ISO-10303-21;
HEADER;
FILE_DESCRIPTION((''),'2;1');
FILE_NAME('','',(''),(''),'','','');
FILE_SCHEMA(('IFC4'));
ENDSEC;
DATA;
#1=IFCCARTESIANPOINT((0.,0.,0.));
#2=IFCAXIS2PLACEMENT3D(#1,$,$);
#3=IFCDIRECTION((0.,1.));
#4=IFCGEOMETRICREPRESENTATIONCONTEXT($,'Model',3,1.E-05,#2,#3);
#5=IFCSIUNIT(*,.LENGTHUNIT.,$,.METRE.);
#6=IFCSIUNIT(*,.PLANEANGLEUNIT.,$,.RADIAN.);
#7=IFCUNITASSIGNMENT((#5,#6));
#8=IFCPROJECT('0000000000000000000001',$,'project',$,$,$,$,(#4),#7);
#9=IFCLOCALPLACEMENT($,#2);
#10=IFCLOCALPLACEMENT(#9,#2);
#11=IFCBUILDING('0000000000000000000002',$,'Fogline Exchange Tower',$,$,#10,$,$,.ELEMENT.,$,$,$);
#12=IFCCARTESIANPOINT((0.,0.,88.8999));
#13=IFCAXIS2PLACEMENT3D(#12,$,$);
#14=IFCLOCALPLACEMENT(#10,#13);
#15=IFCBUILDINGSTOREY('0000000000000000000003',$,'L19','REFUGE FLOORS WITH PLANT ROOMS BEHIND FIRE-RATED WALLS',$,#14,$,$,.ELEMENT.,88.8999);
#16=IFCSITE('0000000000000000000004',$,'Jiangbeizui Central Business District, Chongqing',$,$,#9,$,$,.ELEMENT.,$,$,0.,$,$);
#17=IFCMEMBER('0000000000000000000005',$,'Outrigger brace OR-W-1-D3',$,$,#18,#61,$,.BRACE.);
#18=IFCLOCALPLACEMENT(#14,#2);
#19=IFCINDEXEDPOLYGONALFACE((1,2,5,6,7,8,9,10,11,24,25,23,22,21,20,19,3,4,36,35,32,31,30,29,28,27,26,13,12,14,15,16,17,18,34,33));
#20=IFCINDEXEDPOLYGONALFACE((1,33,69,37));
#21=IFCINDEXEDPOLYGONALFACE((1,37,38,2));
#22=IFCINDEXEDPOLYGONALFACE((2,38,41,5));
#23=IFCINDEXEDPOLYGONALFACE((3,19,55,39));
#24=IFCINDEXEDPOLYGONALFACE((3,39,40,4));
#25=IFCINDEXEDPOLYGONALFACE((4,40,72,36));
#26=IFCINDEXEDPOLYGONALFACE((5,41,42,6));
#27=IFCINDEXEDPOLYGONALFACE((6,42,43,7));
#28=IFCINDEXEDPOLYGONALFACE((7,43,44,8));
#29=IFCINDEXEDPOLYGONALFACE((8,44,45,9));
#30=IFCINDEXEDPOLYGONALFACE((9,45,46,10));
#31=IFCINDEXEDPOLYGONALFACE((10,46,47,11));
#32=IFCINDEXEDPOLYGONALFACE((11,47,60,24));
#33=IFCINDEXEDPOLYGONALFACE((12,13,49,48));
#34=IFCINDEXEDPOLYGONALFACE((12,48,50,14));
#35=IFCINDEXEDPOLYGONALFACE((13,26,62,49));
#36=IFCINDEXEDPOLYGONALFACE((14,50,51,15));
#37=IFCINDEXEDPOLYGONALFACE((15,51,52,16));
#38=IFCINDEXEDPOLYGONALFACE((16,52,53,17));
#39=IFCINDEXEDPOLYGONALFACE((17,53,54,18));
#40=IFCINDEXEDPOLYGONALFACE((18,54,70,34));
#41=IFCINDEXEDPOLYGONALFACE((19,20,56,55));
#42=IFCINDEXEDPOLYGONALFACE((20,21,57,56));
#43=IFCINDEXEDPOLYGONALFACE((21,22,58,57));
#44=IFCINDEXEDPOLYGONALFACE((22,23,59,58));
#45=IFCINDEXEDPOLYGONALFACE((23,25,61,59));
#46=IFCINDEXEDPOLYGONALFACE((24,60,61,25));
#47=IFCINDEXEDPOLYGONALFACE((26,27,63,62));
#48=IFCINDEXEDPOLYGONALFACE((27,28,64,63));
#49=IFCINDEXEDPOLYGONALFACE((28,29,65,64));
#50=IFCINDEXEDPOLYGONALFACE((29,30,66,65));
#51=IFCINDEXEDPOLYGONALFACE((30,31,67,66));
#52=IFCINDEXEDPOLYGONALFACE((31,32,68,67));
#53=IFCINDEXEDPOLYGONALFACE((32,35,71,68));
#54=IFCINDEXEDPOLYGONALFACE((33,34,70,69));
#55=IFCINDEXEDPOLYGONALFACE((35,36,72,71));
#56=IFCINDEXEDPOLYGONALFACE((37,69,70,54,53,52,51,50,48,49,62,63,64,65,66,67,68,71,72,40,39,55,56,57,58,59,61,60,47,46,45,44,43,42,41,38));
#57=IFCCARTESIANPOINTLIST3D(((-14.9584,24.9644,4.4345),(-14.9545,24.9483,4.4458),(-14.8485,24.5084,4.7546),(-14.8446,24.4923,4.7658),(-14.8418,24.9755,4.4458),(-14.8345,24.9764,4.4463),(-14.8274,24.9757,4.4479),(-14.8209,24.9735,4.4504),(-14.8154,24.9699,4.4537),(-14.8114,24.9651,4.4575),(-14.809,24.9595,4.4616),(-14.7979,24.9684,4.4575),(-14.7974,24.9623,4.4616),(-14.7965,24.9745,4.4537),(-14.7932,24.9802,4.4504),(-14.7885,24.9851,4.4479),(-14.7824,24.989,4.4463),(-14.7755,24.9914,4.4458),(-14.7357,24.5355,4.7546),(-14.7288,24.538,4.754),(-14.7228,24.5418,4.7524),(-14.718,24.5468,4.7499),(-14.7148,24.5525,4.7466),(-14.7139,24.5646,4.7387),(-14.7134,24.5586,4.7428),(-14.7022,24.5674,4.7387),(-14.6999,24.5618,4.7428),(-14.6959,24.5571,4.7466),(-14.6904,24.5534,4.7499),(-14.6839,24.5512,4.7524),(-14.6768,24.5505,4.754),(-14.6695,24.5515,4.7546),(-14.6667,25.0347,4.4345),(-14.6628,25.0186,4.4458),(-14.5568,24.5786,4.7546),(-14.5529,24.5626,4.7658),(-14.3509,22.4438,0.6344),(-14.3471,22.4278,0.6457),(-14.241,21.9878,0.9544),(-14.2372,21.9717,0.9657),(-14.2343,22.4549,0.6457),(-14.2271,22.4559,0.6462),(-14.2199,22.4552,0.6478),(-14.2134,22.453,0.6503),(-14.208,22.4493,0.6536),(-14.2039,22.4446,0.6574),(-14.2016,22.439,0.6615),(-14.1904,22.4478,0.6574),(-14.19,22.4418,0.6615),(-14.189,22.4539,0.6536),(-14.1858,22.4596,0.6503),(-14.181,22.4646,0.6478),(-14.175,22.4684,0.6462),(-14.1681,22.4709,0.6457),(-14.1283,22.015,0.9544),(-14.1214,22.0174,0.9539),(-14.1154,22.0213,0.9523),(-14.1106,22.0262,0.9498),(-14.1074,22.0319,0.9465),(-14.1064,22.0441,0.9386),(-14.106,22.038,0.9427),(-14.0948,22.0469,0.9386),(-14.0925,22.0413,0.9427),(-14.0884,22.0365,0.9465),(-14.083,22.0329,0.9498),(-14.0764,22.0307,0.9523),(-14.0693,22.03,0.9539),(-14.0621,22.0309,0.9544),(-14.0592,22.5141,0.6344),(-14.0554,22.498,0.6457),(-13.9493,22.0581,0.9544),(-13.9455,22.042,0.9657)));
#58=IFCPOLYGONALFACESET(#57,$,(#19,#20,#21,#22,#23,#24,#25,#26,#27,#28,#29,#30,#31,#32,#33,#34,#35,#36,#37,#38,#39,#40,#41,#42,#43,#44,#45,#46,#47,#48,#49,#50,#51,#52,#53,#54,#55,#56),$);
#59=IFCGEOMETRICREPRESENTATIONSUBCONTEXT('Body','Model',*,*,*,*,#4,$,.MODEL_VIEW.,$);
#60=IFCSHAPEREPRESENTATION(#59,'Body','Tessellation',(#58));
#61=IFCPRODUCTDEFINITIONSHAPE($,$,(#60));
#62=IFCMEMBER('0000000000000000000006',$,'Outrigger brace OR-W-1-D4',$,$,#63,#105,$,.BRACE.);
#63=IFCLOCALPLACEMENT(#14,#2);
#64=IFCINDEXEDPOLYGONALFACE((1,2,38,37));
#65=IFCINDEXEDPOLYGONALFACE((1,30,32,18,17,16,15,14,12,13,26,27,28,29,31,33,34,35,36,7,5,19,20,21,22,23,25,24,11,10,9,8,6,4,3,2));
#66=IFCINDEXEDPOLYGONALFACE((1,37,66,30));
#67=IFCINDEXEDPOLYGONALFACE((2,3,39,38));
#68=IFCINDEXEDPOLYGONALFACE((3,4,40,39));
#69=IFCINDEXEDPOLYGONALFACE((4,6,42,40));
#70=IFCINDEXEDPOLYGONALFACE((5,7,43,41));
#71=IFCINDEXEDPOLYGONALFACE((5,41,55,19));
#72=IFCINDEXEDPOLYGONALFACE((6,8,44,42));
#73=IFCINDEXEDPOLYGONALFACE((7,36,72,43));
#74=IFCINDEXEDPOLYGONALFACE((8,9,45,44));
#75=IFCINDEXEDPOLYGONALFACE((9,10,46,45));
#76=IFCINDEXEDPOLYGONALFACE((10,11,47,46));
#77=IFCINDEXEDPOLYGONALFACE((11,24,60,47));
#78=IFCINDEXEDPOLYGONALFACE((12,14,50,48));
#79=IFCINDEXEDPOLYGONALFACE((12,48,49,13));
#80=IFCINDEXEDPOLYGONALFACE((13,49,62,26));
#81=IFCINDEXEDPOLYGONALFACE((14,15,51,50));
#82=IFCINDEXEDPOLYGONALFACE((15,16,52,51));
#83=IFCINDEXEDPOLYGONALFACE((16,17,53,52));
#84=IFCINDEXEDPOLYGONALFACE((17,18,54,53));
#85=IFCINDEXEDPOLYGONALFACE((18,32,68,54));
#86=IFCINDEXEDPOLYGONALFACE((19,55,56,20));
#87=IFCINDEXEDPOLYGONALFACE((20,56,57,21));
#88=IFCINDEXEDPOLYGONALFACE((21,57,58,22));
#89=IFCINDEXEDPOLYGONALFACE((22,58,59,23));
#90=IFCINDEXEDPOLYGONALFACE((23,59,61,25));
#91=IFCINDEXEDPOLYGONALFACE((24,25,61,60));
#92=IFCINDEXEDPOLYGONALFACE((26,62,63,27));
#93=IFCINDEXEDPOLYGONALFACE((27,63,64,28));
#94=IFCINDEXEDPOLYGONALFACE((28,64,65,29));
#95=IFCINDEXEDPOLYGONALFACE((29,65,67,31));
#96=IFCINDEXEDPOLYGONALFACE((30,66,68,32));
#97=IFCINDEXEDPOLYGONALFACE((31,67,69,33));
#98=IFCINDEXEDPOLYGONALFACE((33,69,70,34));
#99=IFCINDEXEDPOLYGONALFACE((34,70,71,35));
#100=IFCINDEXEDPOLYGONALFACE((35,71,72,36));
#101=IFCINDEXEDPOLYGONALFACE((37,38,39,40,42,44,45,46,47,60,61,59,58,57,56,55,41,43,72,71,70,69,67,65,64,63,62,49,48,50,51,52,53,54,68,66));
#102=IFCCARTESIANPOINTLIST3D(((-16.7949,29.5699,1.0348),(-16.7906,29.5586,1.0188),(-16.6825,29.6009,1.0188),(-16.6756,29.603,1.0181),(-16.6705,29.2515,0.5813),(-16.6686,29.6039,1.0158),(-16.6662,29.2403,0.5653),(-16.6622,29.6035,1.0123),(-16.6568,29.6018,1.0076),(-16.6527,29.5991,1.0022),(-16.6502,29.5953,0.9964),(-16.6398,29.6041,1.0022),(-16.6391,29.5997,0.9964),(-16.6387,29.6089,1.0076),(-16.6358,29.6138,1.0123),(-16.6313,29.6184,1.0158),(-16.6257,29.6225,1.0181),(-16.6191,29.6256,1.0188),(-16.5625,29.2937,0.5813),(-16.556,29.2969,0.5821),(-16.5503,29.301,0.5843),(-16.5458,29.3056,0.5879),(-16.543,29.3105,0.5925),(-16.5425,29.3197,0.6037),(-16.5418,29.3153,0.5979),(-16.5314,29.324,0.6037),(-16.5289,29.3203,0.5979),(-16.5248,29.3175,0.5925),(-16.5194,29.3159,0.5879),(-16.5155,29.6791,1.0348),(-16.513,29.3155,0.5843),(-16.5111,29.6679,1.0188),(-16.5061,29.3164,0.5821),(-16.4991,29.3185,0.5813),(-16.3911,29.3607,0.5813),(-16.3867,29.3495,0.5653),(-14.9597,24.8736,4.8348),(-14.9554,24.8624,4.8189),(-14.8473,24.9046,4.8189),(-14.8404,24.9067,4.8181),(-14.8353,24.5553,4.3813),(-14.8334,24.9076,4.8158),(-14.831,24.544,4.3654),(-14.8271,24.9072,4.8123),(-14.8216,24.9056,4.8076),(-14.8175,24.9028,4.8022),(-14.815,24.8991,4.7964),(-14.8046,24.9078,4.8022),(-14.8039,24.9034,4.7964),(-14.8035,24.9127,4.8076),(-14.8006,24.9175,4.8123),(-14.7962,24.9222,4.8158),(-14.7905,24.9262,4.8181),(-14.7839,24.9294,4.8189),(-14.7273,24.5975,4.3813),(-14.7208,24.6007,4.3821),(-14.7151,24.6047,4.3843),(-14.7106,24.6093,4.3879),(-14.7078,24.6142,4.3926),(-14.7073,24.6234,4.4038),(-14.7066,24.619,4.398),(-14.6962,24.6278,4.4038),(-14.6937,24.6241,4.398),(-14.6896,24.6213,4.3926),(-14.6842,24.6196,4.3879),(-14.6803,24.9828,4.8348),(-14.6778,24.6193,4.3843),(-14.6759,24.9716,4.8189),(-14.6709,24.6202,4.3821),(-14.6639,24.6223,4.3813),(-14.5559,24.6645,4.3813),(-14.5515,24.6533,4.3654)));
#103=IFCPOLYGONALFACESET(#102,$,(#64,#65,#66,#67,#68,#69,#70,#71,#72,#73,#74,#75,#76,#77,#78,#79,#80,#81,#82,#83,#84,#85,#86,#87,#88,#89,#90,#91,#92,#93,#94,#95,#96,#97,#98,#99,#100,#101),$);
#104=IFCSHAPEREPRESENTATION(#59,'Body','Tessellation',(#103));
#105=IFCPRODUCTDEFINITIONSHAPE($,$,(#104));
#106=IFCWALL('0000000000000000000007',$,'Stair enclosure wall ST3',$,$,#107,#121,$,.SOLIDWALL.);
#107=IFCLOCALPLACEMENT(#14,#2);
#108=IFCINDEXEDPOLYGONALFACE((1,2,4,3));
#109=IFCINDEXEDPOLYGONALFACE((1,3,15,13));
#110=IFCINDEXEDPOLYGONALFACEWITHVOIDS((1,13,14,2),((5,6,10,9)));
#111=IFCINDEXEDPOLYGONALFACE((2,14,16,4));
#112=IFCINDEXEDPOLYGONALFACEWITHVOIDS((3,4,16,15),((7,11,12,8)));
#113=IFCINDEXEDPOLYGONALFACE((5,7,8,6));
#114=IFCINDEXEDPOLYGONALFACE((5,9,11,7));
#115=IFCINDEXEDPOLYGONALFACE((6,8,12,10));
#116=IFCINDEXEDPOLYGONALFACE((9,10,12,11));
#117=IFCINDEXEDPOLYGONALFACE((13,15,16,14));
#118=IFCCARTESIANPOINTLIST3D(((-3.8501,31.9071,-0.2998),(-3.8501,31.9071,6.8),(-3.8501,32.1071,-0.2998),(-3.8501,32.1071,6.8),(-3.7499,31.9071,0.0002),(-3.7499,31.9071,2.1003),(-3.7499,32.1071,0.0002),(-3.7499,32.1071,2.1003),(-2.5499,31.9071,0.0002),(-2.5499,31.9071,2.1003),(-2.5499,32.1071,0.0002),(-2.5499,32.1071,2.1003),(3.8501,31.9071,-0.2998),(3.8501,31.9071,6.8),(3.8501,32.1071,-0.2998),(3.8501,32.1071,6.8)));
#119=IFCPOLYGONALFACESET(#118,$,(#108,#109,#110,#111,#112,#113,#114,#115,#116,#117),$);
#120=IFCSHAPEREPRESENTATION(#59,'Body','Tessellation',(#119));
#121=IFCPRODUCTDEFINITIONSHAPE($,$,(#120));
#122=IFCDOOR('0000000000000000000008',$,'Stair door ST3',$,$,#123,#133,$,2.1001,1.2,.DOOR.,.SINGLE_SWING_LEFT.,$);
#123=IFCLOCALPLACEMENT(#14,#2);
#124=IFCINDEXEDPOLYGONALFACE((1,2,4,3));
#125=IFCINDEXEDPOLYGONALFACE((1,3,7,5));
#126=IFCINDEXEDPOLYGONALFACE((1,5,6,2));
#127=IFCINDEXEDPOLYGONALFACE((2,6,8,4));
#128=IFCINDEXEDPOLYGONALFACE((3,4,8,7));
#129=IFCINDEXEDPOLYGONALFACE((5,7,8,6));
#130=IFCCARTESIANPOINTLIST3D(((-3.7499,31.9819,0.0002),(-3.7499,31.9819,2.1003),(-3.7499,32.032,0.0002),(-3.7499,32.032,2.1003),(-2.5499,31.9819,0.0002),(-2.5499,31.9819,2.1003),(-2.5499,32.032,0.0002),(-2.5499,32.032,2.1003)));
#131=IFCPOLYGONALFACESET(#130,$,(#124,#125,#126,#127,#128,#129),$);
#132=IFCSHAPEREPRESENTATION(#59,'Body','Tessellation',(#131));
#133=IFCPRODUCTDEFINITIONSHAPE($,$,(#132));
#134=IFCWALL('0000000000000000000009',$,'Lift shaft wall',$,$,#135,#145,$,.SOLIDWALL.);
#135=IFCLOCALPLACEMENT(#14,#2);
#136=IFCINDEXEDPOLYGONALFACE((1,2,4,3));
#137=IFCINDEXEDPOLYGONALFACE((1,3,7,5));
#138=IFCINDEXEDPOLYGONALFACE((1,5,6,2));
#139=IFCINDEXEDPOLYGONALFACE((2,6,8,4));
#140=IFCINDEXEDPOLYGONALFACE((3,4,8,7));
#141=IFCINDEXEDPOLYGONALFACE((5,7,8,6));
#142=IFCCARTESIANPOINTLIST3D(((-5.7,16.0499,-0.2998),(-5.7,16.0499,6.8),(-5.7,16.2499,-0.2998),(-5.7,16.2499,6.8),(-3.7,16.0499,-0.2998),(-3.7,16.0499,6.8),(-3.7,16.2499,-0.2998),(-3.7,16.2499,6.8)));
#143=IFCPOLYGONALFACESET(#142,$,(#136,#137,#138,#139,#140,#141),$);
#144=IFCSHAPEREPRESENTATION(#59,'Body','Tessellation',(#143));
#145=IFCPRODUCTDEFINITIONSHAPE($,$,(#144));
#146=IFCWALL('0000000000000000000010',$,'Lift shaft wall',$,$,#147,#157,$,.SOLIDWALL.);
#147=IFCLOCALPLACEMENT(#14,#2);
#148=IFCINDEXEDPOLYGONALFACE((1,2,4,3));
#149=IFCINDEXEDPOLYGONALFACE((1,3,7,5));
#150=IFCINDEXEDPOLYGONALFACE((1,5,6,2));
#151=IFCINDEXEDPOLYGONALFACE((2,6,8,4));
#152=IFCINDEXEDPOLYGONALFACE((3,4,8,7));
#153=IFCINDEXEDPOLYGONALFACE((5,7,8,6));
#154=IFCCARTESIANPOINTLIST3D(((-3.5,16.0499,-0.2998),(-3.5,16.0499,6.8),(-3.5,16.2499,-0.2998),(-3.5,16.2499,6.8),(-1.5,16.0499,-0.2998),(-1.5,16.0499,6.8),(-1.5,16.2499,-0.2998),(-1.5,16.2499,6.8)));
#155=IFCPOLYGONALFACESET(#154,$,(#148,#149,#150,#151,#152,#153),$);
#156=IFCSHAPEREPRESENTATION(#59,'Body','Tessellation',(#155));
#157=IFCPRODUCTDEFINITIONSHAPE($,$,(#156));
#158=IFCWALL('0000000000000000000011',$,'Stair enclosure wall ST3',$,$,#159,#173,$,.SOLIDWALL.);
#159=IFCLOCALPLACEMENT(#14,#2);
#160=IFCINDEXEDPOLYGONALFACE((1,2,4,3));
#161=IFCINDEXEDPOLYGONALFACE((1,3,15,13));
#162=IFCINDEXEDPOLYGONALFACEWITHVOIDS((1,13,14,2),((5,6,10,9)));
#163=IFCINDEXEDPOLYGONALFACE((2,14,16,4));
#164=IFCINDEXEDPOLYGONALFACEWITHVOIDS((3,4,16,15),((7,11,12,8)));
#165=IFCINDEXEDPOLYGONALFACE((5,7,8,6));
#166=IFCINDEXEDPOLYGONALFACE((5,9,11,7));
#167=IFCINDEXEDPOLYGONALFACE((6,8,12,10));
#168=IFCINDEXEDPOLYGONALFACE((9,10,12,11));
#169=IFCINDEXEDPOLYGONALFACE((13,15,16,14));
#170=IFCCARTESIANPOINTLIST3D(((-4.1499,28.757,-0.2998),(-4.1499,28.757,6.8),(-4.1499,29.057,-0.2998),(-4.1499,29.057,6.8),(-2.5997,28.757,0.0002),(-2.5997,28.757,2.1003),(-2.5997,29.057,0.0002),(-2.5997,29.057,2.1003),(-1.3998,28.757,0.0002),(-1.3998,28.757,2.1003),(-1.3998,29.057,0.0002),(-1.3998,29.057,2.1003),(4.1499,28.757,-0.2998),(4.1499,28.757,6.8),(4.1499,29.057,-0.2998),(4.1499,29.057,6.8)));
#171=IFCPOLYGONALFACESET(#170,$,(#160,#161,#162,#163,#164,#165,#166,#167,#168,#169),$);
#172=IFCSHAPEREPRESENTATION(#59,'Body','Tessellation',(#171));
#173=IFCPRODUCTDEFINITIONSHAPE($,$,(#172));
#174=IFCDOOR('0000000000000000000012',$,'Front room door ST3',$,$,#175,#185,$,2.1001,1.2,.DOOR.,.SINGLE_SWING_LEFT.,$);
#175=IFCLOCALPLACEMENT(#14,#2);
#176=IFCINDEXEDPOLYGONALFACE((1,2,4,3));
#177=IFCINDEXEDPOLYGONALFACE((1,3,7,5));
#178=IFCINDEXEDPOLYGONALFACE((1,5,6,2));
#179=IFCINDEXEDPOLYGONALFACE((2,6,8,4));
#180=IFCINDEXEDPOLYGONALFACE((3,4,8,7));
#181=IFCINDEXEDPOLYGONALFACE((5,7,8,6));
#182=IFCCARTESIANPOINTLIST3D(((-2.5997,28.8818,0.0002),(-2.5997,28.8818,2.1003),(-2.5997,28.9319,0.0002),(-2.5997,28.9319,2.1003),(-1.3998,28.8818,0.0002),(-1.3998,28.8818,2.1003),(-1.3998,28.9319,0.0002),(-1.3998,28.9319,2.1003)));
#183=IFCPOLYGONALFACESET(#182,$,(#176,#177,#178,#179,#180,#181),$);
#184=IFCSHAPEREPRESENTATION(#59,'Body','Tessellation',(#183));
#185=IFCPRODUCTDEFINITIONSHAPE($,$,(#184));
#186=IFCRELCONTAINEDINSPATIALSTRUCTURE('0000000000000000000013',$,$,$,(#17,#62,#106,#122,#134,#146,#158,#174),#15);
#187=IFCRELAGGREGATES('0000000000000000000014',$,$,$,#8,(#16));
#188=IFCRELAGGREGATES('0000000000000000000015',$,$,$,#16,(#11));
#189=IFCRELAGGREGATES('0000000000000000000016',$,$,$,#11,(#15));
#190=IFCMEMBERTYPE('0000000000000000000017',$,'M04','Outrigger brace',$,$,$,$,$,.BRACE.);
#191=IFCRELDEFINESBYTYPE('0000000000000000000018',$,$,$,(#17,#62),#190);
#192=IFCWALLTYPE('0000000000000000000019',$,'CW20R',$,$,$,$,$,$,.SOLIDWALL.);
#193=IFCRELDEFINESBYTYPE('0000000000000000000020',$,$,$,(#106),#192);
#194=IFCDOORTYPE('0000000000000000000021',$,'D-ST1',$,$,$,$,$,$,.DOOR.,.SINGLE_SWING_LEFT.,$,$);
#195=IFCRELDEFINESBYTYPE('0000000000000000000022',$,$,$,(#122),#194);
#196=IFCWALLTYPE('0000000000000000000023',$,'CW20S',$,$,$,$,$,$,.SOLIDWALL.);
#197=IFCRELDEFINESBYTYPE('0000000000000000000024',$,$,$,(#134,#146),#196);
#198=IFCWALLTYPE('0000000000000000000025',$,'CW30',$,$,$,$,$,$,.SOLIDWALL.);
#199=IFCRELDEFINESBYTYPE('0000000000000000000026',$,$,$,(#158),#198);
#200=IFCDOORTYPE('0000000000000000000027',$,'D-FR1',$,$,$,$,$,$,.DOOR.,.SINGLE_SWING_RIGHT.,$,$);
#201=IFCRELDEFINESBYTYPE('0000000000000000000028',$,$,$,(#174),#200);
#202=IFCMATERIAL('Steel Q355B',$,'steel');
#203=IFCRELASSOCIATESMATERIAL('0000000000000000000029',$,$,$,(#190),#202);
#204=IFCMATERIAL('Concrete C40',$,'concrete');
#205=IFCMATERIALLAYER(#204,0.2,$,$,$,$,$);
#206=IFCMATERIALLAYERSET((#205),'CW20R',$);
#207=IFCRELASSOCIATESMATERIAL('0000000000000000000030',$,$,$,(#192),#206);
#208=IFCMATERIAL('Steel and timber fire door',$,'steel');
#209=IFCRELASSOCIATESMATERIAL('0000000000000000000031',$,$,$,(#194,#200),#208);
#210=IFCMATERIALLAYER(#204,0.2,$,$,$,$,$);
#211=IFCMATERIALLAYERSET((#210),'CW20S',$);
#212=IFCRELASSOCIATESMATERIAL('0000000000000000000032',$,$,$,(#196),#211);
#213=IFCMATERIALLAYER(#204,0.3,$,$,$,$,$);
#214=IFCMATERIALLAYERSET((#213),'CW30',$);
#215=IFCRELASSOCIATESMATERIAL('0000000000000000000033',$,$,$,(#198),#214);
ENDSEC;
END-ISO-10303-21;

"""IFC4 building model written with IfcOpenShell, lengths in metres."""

from ifc_helpers import new_model, si_unit, direction, frame, frame_2d, origin, origin_2d, place, context, subcontext, project, spatial, rectangle, i_section, extrude, material, layer, layer_set, material_profile, profile_set, type_object, element, fill, save


model = new_model("IFC4")

# Units and contexts
model_context = context("Model", 3, precision=1e-05, world=origin(), true_north=direction((0.0, 1.0)))
body_context = subcontext(model_context, "Body", "Model", "MODEL_VIEW")
ifc_project = project(units=[si_unit("LENGTHUNIT", "METRE"), si_unit("PLANEANGLEUNIT", "RADIAN")], contexts=[model_context])

# Site, building, storey
site_placement = place(None, origin())
site = spatial("IfcSite", under=ifc_project, at=site_placement, Name="Jiangbeizui Central Business District, Chongqing", CompositionType="ELEMENT", RefElevation=0.0)
building_placement = place(site_placement, origin())
building = spatial("IfcBuilding", under=site, at=building_placement, Name="Fogline Exchange Tower", CompositionType="ELEMENT")
storey_placement = place(building_placement, frame((0.0, 0.0, 88.8999)))
storey = spatial("IfcBuildingStorey", under=building, at=storey_placement, Name="L19", Description="REFUGE FLOORS WITH PLANT ROOMS BEHIND FIRE-RATED WALLS", CompositionType="ELEMENT", Elevation=88.8999)

# Shared definitions
ifc_material_1 = material(Name="Concrete C40", Category="concrete")

# Members
ifc_material_2 = material(Name="Steel Q355B", Category="steel")
ifc_material_profile_1 = material_profile(ifc_material_2, i_section(OverallWidth=0.3, OverallDepth=0.5879, WebThickness=0.012, FlangeThickness=0.02, FilletRadius=0.0281, at=origin_2d()), Name="HM588X300X12X20")
ifc_profile_set_1 = profile_set([ifc_material_profile_1], Name="Steel Q355B")
member_type_1 = type_object("IfcMemberType", Name="M04", Description="Outrigger brace", PredefinedType="BRACE", material=ifc_profile_set_1)
member_1_placement = place(storey_placement, frame((-14.1482, 22.2429, 0.8), z_axis=(-0.132041, 0.547907, 0.826053), x_axis=(-0.972168, -0.234285, 0.0)))
element("IfcMember", 1, at=member_1_placement, inside=storey, type_object=member_type_1, Name="Outrigger brace OR-W-1-D3", PredefinedType="BRACE", context=body_context, shape_type="SweptSolid", body=[
    extrude(i_section(OverallWidth=0.3, OverallDepth=0.5879, WebThickness=0.012, FlangeThickness=0.02, FilletRadius=0.0281, at=origin_2d()), origin(), (0.0, 0.0, 1.0), 4.6003),
])
member_2_placement = place(storey_placement, frame((-14.7556, 24.7634, 4.6001), z_axis=(-0.290668, 0.743819, -0.601868), x_axis=(-0.931409, -0.363974, 0.0)))
element("IfcMember", 2, at=member_2_placement, inside=storey, type_object=member_type_1, Name="Outrigger brace OR-W-1-D4", PredefinedType="BRACE", context=body_context, shape_type="SweptSolid", body=[
    extrude(i_section(OverallWidth=0.3, OverallDepth=0.5879, WebThickness=0.012, FlangeThickness=0.02, FilletRadius=0.0281, at=origin_2d()), origin(), (0.0, 0.0, 1.0), 6.3137),
])

# Wall, opening, door
ifc_layer_1 = layer(ifc_material_1, 0.2)
ifc_layer_set_1 = layer_set([ifc_layer_1], Name="CW20R")
wall_type_1 = type_object("IfcWallType", Name="CW20R", PredefinedType="SOLIDWALL", material=ifc_layer_set_1)
wall_1_placement = place(storey_placement, frame((-3.8501, 32.0071, -0.2998), z_axis=(0.0, 0.0, 1.0), x_axis=(1.0, 0.0, 0.0)))
wall_1 = element("IfcWall", 3, at=wall_1_placement, inside=storey, type_object=wall_type_1, Name="Stair enclosure wall ST3", PredefinedType="SOLIDWALL", context=body_context, shape_type="SweptSolid", body=[
    extrude(rectangle(XDim=7.7002, YDim=0.2, at=frame_2d((3.8501, 0.0))), origin(), (0.0, 0.0, 1.0), 7.0999),
])
opening_1_placement = place(wall_1_placement, frame((0.1001, 0.0, 0.3)))
opening_1 = element("IfcOpeningElement", 4, at=opening_1_placement, cuts=wall_1, PredefinedType="OPENING", context=body_context, shape_type="SweptSolid", body=[
    extrude(rectangle(XDim=1.2, YDim=2.1001, at=frame_2d((0.6001, 1.05))), frame((0.0, 0.1099, 0.0), z_axis=(0.0, -1.0, 0.0), x_axis=(1.0, 0.0, 0.0)), (0.0, 0.0, 1.0), 0.22),
])
ifc_material_3 = material(Name="Steel and timber fire door", Category="steel")
door_type_1 = type_object("IfcDoorType", Name="D-ST1", OperationType="SINGLE_SWING_LEFT", PredefinedType="DOOR", material=ifc_material_3)
door_1_placement = place(opening_1_placement, origin())
door_1 = element("IfcDoor", 5, at=door_1_placement, inside=storey, type_object=door_type_1, Name="Stair door ST3", OperationType="SINGLE_SWING_LEFT", OverallHeight=2.1001, OverallWidth=1.2, PredefinedType="DOOR", context=body_context, shape_type="SweptSolid", body=[
    extrude(rectangle(XDim=1.2, YDim=2.1001, at=frame_2d((0.6001, 1.05))), frame((0.0, 0.0249, 0.0), z_axis=(0.0, -1.0, 0.0), x_axis=(1.0, 0.0, 0.0)), (0.0, 0.0, 1.0), 0.05),
])
fill(opening_1, door_1)

# Walls
ifc_layer_2 = layer(ifc_material_1, 0.2)
ifc_layer_set_2 = layer_set([ifc_layer_2], Name="CW20S")
wall_type_2 = type_object("IfcWallType", Name="CW20S", PredefinedType="SOLIDWALL", material=ifc_layer_set_2)
for number, where, z_axis, x_axis, name in (
    (6, (-5.7, 16.1499, -0.2998), (0.0, 0.0, 1.0), (1.0, 0.0, 0.0), "Lift shaft wall"),
    (7, (-3.5, 16.1499, -0.2998), (0.0, 0.0, 1.0), (1.0, 0.0, 0.0), "Lift shaft wall"),
):
    element("IfcWall", number, at=place(storey_placement, frame(where, z_axis=z_axis, x_axis=x_axis)), inside=storey, type_object=wall_type_2, Name=name, PredefinedType="SOLIDWALL", context=body_context, shape_type="SweptSolid", body=[
        extrude(rectangle(XDim=2.0, YDim=0.2, at=frame_2d((1.0, 0.0))), origin(), (0.0, 0.0, 1.0), 7.0999),
    ])

# Wall, opening, door
ifc_layer_3 = layer(ifc_material_1, 0.3)
ifc_layer_set_3 = layer_set([ifc_layer_3], Name="CW30")
wall_type_3 = type_object("IfcWallType", Name="CW30", PredefinedType="SOLIDWALL", material=ifc_layer_set_3)
wall_2_placement = place(storey_placement, frame((-4.1499, 28.907, -0.2998), z_axis=(0.0, 0.0, 1.0), x_axis=(1.0, 0.0, 0.0)))
wall_2 = element("IfcWall", 8, at=wall_2_placement, inside=storey, type_object=wall_type_3, Name="Stair enclosure wall ST3", PredefinedType="SOLIDWALL", context=body_context, shape_type="SweptSolid", body=[
    extrude(rectangle(XDim=8.2998, YDim=0.3, at=frame_2d((4.1499, 0.0))), origin(), (0.0, 0.0, 1.0), 7.0999),
])
opening_2_placement = place(wall_2_placement, frame((1.55, 0.0, 0.3)))
opening_2 = element("IfcOpeningElement", 9, at=opening_2_placement, cuts=wall_2, PredefinedType="OPENING", context=body_context, shape_type="SweptSolid", body=[
    extrude(rectangle(XDim=1.2, YDim=2.1001, at=frame_2d((0.6001, 1.05))), frame((0.0, 0.1602, 0.0), z_axis=(0.0, -1.0, 0.0), x_axis=(1.0, 0.0, 0.0)), (0.0, 0.0, 1.0), 0.3201),
])
door_type_2 = type_object("IfcDoorType", Name="D-FR1", OperationType="SINGLE_SWING_RIGHT", PredefinedType="DOOR", material=ifc_material_3)
door_2_placement = place(opening_2_placement, origin())
door_2 = element("IfcDoor", 10, at=door_2_placement, inside=storey, type_object=door_type_2, Name="Front room door ST3", OperationType="SINGLE_SWING_LEFT", OverallHeight=2.1001, OverallWidth=1.2, PredefinedType="DOOR", context=body_context, shape_type="SweptSolid", body=[
    extrude(rectangle(XDim=1.2, YDim=2.1001, at=frame_2d((0.6001, 1.05))), frame((0.0, 0.0249, 0.0), z_axis=(0.0, -1.0, 0.0), x_axis=(1.0, 0.0, 0.0)), (0.0, 0.0, 1.0), 0.05),
])
fill(opening_2, door_2)

save(model, "model.ifc")
